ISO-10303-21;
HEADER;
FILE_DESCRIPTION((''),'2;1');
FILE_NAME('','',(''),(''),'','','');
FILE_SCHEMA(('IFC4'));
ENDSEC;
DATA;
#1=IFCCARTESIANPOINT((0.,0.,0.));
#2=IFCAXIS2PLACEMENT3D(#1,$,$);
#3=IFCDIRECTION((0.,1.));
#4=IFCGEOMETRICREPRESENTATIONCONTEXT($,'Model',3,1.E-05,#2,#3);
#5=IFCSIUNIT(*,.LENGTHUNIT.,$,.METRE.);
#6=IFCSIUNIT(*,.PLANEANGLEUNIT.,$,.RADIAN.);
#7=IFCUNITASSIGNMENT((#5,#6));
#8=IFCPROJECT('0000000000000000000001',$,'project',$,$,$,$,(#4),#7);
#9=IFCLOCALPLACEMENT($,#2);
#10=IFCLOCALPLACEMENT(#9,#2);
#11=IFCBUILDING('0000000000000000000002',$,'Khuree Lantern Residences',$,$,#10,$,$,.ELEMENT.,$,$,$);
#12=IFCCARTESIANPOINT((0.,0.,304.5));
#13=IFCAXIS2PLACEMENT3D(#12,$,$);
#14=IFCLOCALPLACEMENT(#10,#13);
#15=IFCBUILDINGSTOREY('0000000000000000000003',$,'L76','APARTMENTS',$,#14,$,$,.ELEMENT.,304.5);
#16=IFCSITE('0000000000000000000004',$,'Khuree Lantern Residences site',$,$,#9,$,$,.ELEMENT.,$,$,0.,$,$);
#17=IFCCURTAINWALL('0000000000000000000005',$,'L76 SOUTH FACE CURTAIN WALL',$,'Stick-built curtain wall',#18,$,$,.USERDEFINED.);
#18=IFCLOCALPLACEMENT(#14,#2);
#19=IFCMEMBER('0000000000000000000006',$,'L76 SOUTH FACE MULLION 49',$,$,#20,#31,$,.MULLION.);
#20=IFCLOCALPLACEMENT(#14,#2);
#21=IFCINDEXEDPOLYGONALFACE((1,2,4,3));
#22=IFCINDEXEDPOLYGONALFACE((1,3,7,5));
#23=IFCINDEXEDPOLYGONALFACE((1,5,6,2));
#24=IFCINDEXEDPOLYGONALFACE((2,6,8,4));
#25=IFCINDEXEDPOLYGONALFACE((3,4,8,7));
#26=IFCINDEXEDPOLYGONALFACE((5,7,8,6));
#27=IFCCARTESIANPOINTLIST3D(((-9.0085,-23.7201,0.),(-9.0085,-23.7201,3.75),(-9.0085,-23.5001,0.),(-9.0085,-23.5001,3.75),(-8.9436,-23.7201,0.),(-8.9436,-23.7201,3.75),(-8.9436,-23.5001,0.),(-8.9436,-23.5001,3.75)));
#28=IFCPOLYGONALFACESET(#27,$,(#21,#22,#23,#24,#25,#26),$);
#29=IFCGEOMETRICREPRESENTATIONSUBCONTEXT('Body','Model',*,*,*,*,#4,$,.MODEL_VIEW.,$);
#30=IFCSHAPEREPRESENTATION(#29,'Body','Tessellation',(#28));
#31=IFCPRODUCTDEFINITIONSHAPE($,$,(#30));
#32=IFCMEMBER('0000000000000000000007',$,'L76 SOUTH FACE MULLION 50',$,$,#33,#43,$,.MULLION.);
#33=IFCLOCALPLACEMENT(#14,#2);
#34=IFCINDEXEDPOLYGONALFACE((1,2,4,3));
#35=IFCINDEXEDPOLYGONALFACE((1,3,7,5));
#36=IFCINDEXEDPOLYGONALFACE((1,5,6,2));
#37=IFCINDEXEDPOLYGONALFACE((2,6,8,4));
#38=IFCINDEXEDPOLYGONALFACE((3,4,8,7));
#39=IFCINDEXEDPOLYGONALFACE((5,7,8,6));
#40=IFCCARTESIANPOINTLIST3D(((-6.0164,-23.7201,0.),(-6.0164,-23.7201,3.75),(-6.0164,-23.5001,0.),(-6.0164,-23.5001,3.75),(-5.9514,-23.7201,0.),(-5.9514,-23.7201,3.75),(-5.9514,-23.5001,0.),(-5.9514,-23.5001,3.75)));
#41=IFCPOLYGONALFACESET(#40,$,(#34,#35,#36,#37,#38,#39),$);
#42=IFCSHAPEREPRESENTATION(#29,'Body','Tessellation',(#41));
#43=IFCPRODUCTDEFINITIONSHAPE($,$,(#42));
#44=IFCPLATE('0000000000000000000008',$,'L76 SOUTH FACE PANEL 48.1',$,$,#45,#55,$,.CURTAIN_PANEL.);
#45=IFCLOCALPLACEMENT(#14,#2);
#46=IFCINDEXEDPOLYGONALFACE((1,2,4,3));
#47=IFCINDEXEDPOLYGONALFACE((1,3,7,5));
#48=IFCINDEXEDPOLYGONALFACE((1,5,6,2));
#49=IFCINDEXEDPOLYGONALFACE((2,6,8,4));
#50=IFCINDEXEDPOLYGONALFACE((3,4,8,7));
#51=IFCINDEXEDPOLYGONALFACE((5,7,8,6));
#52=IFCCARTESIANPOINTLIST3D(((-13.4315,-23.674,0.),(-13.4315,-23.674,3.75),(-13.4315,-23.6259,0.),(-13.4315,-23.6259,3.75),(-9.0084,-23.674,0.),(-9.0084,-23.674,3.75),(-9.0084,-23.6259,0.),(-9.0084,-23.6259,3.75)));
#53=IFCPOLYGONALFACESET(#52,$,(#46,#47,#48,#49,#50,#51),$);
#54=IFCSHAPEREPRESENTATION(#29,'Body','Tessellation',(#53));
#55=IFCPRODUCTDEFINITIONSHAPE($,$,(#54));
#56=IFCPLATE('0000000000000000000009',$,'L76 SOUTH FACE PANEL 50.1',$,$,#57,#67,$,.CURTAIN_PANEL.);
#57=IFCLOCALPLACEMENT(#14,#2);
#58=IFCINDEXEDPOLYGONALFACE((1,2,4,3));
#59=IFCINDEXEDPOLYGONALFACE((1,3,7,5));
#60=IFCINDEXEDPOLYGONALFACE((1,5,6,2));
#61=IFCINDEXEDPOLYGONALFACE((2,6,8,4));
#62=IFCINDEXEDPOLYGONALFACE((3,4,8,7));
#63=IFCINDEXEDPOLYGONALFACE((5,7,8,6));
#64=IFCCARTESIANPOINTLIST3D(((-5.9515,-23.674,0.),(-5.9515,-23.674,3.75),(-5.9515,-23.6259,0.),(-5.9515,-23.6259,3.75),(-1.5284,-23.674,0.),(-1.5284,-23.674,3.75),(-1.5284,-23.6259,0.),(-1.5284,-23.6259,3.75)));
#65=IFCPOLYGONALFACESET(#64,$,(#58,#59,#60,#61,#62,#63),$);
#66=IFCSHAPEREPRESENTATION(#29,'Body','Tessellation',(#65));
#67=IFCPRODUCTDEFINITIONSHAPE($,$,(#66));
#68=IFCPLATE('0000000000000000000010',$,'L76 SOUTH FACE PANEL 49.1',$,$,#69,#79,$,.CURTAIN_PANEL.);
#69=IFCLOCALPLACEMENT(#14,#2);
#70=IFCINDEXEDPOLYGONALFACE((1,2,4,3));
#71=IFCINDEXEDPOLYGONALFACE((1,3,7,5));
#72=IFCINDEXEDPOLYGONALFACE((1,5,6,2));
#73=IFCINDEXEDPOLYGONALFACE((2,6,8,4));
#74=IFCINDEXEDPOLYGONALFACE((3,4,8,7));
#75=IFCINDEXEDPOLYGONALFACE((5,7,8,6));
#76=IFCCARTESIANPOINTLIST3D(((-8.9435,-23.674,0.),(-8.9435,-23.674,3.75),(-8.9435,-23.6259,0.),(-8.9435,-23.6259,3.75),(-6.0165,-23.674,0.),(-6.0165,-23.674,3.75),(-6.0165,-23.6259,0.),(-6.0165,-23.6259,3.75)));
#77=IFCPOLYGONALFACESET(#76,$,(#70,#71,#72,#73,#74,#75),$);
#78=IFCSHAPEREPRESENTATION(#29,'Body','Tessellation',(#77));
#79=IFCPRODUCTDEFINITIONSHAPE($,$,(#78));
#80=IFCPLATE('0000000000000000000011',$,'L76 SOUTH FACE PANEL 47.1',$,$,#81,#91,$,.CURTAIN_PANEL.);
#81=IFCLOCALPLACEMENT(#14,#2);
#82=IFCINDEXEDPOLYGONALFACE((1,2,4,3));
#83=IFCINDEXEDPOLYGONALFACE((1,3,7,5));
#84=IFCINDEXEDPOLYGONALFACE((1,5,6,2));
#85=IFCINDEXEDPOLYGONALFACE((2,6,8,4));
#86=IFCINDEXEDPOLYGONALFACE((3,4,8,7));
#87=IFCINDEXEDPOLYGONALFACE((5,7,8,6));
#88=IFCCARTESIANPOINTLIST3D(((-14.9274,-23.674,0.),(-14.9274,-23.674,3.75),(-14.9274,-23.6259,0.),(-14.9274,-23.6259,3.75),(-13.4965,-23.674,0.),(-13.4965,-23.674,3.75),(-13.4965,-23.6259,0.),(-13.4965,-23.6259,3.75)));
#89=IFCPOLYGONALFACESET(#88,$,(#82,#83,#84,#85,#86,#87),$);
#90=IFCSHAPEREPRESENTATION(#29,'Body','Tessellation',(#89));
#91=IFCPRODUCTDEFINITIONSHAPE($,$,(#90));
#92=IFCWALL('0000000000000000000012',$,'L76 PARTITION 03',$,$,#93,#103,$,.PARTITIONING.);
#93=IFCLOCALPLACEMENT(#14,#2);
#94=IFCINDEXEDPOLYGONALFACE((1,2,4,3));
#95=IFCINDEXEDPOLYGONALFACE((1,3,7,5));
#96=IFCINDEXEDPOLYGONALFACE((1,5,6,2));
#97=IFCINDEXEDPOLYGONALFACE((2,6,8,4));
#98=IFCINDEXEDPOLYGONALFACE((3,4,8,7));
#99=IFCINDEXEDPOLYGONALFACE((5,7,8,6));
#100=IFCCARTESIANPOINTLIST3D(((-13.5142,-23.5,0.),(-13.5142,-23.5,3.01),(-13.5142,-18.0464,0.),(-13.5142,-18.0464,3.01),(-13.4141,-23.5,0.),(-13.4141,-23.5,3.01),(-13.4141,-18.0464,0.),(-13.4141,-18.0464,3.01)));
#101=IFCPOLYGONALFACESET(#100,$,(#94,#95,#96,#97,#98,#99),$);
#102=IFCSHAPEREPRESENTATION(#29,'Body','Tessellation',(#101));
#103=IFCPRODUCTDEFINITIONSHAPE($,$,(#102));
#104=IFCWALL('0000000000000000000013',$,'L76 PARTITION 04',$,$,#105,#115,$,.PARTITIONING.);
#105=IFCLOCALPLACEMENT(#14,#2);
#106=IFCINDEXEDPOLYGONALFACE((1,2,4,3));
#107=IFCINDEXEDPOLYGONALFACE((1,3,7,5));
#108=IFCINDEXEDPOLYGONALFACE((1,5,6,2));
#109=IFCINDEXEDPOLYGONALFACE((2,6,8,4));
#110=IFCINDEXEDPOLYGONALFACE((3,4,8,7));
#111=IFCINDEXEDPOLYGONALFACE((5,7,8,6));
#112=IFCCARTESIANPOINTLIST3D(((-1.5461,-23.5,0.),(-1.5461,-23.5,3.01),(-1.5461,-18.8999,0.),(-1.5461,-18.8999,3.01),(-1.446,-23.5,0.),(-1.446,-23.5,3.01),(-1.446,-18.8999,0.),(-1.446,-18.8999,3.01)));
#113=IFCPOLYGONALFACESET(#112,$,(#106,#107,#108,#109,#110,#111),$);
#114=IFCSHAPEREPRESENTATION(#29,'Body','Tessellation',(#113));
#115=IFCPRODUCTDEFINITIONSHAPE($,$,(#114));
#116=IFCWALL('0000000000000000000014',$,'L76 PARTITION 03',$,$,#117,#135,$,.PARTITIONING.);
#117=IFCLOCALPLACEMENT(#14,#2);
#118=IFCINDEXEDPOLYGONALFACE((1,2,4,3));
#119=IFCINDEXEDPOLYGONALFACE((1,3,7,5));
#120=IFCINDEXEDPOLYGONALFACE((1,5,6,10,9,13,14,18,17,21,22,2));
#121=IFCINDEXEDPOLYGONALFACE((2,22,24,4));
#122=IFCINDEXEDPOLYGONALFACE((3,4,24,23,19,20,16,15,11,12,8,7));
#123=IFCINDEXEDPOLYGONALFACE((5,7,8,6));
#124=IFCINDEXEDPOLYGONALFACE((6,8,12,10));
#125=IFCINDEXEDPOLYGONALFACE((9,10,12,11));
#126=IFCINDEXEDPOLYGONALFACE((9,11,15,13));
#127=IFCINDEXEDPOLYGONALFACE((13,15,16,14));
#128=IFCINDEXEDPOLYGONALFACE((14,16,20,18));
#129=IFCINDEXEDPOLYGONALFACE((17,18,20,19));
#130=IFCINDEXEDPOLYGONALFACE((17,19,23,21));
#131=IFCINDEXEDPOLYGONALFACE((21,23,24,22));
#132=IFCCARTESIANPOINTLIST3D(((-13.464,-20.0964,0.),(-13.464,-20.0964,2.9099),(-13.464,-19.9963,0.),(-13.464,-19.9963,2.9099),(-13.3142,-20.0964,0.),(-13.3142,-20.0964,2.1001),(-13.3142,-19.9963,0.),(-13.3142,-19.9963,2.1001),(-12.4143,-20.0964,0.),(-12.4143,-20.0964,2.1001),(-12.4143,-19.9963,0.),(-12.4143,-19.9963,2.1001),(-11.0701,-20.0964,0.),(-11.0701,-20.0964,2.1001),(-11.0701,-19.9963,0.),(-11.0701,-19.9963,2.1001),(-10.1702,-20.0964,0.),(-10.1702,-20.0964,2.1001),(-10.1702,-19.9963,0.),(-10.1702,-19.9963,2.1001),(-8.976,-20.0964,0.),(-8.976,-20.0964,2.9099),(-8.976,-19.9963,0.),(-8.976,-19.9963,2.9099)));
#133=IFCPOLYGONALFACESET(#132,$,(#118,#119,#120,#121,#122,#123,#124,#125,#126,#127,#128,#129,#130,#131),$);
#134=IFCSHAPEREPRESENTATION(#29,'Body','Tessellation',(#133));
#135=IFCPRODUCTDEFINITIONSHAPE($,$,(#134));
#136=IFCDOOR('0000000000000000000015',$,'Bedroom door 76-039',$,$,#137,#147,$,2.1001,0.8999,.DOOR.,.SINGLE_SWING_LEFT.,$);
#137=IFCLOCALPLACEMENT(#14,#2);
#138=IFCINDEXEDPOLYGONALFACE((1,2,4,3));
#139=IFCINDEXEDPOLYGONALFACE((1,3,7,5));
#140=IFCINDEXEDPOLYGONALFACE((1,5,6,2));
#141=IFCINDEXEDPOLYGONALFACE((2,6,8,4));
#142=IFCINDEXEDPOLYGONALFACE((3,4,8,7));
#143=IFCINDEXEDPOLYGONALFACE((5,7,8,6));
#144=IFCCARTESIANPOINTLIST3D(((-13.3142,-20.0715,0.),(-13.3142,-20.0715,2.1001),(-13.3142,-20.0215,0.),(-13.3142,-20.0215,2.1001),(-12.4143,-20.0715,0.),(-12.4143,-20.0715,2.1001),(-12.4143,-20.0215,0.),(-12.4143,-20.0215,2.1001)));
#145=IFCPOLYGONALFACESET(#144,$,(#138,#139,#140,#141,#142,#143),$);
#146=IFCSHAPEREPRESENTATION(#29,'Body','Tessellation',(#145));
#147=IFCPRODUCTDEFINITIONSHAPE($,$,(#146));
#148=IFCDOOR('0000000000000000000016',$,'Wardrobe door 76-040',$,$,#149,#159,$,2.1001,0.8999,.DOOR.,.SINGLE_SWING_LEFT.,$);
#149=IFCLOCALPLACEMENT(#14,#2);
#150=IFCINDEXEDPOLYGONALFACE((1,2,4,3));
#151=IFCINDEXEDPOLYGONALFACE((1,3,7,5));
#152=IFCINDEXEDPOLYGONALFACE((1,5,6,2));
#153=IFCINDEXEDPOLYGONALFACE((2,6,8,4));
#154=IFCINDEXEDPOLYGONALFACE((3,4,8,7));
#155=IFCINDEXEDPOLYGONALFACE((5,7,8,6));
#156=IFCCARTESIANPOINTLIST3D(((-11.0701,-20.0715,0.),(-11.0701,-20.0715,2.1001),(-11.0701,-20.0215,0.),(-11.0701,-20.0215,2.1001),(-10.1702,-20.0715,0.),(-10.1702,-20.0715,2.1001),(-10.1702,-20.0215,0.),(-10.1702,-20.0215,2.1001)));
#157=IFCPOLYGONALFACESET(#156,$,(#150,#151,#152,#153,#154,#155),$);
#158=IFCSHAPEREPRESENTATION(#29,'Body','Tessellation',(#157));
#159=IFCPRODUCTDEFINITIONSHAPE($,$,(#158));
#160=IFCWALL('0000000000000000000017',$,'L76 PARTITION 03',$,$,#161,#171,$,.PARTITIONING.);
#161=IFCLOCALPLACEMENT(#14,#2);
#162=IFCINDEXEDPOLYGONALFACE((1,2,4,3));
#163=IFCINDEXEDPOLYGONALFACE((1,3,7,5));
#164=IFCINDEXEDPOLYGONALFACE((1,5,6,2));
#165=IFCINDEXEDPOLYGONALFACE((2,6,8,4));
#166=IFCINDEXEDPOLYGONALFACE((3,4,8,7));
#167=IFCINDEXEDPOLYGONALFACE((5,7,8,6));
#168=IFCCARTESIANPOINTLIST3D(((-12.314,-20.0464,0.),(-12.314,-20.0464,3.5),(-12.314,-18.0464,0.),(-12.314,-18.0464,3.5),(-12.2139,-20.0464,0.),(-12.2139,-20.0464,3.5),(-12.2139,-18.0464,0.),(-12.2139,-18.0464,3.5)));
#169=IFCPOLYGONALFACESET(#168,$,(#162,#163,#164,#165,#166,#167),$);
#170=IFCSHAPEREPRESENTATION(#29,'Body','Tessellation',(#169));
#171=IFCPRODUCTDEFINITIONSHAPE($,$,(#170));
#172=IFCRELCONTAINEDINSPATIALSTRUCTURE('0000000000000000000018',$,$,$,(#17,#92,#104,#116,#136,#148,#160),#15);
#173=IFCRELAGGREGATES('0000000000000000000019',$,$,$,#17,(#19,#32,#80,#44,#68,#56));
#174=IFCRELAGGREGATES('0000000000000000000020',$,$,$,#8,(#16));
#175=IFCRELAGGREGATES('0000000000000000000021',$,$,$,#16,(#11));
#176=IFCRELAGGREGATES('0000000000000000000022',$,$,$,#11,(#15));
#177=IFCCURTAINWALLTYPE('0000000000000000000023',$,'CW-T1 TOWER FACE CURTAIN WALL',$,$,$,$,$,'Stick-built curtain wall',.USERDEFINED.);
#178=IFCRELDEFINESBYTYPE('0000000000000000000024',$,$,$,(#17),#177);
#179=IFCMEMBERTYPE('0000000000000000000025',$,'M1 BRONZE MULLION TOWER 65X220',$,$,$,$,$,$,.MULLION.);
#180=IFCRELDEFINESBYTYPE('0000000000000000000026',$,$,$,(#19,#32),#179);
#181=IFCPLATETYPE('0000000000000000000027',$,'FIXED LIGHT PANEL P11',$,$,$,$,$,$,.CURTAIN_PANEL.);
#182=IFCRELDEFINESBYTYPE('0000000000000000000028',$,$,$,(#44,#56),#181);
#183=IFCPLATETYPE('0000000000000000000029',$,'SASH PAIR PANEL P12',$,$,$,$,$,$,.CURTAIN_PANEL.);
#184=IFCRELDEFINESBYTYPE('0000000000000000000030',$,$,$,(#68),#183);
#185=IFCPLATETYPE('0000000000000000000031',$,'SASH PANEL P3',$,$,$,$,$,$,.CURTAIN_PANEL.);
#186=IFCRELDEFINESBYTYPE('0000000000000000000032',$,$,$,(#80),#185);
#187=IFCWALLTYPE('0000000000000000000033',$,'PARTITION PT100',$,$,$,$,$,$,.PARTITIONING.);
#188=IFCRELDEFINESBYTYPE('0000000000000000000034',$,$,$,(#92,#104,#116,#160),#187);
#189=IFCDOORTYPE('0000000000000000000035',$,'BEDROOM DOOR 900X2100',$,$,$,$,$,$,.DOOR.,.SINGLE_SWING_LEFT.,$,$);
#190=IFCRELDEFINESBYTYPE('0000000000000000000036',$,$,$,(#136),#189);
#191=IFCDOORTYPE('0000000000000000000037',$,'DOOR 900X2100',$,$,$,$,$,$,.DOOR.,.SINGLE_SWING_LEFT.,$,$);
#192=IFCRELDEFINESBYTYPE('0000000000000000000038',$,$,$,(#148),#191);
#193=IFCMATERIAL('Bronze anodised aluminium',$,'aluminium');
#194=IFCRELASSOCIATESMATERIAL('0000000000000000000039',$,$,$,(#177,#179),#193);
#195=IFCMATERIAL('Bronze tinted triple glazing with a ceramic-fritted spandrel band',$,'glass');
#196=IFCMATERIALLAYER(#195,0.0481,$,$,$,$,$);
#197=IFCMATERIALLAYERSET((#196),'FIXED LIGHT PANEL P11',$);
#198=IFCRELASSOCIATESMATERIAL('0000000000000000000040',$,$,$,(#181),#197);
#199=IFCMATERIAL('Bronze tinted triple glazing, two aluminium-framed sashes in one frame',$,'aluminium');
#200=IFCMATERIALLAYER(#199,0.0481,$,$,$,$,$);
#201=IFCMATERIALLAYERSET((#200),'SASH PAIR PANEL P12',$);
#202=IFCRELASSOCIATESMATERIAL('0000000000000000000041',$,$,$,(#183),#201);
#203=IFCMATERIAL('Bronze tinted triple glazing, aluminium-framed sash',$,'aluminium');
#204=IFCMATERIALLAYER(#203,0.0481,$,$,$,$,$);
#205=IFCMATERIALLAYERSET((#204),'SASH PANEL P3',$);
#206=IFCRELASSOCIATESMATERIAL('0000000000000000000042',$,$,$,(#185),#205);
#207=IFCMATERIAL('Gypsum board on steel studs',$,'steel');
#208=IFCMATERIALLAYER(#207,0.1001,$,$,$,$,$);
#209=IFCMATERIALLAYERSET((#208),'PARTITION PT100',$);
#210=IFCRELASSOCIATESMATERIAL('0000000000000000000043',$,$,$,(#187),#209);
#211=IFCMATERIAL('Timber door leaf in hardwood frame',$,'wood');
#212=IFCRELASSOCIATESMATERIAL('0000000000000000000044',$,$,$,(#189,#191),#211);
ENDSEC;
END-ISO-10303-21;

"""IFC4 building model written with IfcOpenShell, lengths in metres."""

from ifc_helpers import new_model, si_unit, direction, frame, frame_2d, origin, origin_2d, place, context, subcontext, project, spatial, rectangle, extrude, material, layer, layer_set, material_profile, profile_set, type_object, element, fill, aggregate, save


model = new_model("IFC4")

# Units and contexts
model_context = context("Model", 3, precision=1e-05, world=origin(), true_north=direction((0.0, 1.0)))
body_context = subcontext(model_context, "Body", "Model", "MODEL_VIEW")
ifc_project = project(units=[si_unit("LENGTHUNIT", "METRE"), si_unit("PLANEANGLEUNIT", "RADIAN")], contexts=[model_context])

# Site, building, storey
site_placement = place(None, origin())
site = spatial("IfcSite", under=ifc_project, at=site_placement, Name="Khuree Lantern Residences site", CompositionType="ELEMENT", RefElevation=0.0)
building_placement = place(site_placement, origin())
building = spatial("IfcBuilding", under=site, at=building_placement, Name="Khuree Lantern Residences", CompositionType="ELEMENT")
storey_placement = place(building_placement, frame((0.0, 0.0, 304.5)))
storey = spatial("IfcBuildingStorey", under=building, at=storey_placement, Name="L76", Description="APARTMENTS", CompositionType="ELEMENT", Elevation=304.5)

# Curtain wall
ifc_material_1 = material(Name="Bronze anodised aluminium", Category="aluminium")
curtain_wall_type = type_object("IfcCurtainWallType", Name="CW-T1 TOWER FACE CURTAIN WALL", ElementType="Stick-built curtain wall", PredefinedType="USERDEFINED", material=ifc_material_1)
curtain_wall_placement = place(storey_placement, origin())
curtain_wall = element("IfcCurtainWall", 1, at=curtain_wall_placement, inside=storey, type_object=curtain_wall_type, Name="L76 SOUTH FACE CURTAIN WALL", ObjectType="Stick-built curtain wall", PredefinedType="USERDEFINED")

# Members
ifc_material_profile_1 = material_profile(ifc_material_1, rectangle(XDim=0.0649, YDim=0.22, at=origin_2d()), Name="M1 65X220")
ifc_profile_set_1 = profile_set([ifc_material_profile_1], Name="Bronze anodised aluminium")
member_type_1 = type_object("IfcMemberType", Name="M1 BRONZE MULLION TOWER 65X220", PredefinedType="MULLION", material=ifc_profile_set_1)
member_1_placement = place(storey_placement, frame((-8.9761, -23.6101, 0.0), z_axis=(0.0, 0.0, 1.0), x_axis=(1.0, 0.0, 0.0)))
member_1 = element("IfcMember", 2, at=member_1_placement, type_object=member_type_1, Name="L76 SOUTH FACE MULLION 49", PredefinedType="MULLION", context=body_context, shape_type="SweptSolid", body=[
    extrude(rectangle(XDim=0.0649, YDim=0.22, at=origin_2d()), origin(), (0.0, 0.0, 1.0), 3.75),
])
member_2_placement = place(storey_placement, frame((-5.9839, -23.6101, 0.0), z_axis=(0.0, 0.0, 1.0), x_axis=(1.0, 0.0, 0.0)))
member_2 = element("IfcMember", 3, at=member_2_placement, type_object=member_type_1, Name="L76 SOUTH FACE MULLION 50", PredefinedType="MULLION", context=body_context, shape_type="SweptSolid", body=[
    extrude(rectangle(XDim=0.0649, YDim=0.22, at=origin_2d()), origin(), (0.0, 0.0, 1.0), 3.75),
])

# Plates
ifc_material_2 = material(Name="Bronze tinted triple glazing with a ceramic-fritted spandrel band", Category="glass")
ifc_layer_1 = layer(ifc_material_2, 0.0481)
ifc_layer_set_1 = layer_set([ifc_layer_1], Name="FIXED LIGHT PANEL P11")
plate_type_1 = type_object("IfcPlateType", Name="FIXED LIGHT PANEL P11", PredefinedType="CURTAIN_PANEL", material=ifc_layer_set_1)
plate_1_placement = place(storey_placement, frame((-11.22, -23.6499, 0.0), z_axis=(0.0, 0.0, 1.0), x_axis=(1.0, 0.0, 0.0)))
plate_1 = element("IfcPlate", 4, at=plate_1_placement, type_object=plate_type_1, Name="L76 SOUTH FACE PANEL 48.1", PredefinedType="CURTAIN_PANEL", context=body_context, shape_type="SweptSolid", body=[
    extrude(rectangle(XDim=4.4231, YDim=0.0481, at=origin_2d()), origin(), (0.0, 0.0, 1.0), 3.75),
])
plate_2_placement = place(storey_placement, frame((-3.74, -23.6499, 0.0), z_axis=(0.0, 0.0, 1.0), x_axis=(1.0, 0.0, 0.0)))
plate_2 = element("IfcPlate", 5, at=plate_2_placement, type_object=plate_type_1, Name="L76 SOUTH FACE PANEL 50.1", PredefinedType="CURTAIN_PANEL", context=body_context, shape_type="SweptSolid", body=[
    extrude(rectangle(XDim=4.4231, YDim=0.0481, at=origin_2d()), origin(), (0.0, 0.0, 1.0), 3.75),
])
ifc_material_3 = material(Name="Bronze tinted triple glazing, two aluminium-framed sashes in one frame", Category="aluminium")
ifc_layer_2 = layer(ifc_material_3, 0.0481)
ifc_layer_set_2 = layer_set([ifc_layer_2], Name="SASH PAIR PANEL P12")
plate_type_2 = type_object("IfcPlateType", Name="SASH PAIR PANEL P12", PredefinedType="CURTAIN_PANEL", material=ifc_layer_set_2)
plate_3_placement = place(storey_placement, frame((-7.48, -23.6499, 0.0), z_axis=(0.0, 0.0, 1.0), x_axis=(1.0, 0.0, 0.0)))
plate_3 = element("IfcPlate", 6, at=plate_3_placement, type_object=plate_type_2, Name="L76 SOUTH FACE PANEL 49.1", PredefinedType="CURTAIN_PANEL", context=body_context, shape_type="SweptSolid", body=[
    extrude(rectangle(XDim=2.927, YDim=0.0481, at=origin_2d()), origin(), (0.0, 0.0, 1.0), 3.75),
])
ifc_material_4 = material(Name="Bronze tinted triple glazing, aluminium-framed sash", Category="aluminium")
ifc_layer_3 = layer(ifc_material_4, 0.0481)
ifc_layer_set_3 = layer_set([ifc_layer_3], Name="SASH PANEL P3")
plate_type_3 = type_object("IfcPlateType", Name="SASH PANEL P3", PredefinedType="CURTAIN_PANEL", material=ifc_layer_set_3)
plate_4_placement = place(storey_placement, frame((-14.2119, -23.6499, 0.0), z_axis=(0.0, 0.0, 1.0), x_axis=(1.0, 0.0, 0.0)))
plate_4 = element("IfcPlate", 7, at=plate_4_placement, type_object=plate_type_3, Name="L76 SOUTH FACE PANEL 47.1", PredefinedType="CURTAIN_PANEL", context=body_context, shape_type="SweptSolid", body=[
    extrude(rectangle(XDim=1.4309, YDim=0.0481, at=origin_2d()), origin(), (0.0, 0.0, 1.0), 3.75),
])
aggregate(curtain_wall, [member_1, member_2, plate_4, plate_1, plate_3, plate_2])

# Walls
ifc_material_5 = material(Name="Gypsum board on steel studs", Category="steel")
ifc_layer_4 = layer(ifc_material_5, 0.1001)
ifc_layer_set_4 = layer_set([ifc_layer_4], Name="PARTITION PT100")
wall_type = type_object("IfcWallType", Name="PARTITION PT100", PredefinedType="PARTITIONING", material=ifc_layer_set_4)
wall_1_placement = place(storey_placement, frame((-13.4641, -18.0464, 0.0), z_axis=(0.0, 0.0, 1.0), x_axis=(0.0, -1.0, 0.0)))
element("IfcWall", 8, at=wall_1_placement, inside=storey, type_object=wall_type, Name="L76 PARTITION 03", PredefinedType="PARTITIONING", context=body_context, shape_type="SweptSolid", body=[
    extrude(rectangle(XDim=5.4536, YDim=0.1001, at=frame_2d((2.7268, 0.0))), origin(), (0.0, 0.0, 1.0), 3.01),
])
wall_2_placement = place(storey_placement, frame((-1.4961, -18.8999, 0.0), z_axis=(0.0, 0.0, 1.0), x_axis=(0.0, -1.0, 0.0)))
element("IfcWall", 9, at=wall_2_placement, inside=storey, type_object=wall_type, Name="L76 PARTITION 04", PredefinedType="PARTITIONING", context=body_context, shape_type="SweptSolid", body=[
    extrude(rectangle(XDim=4.6001, YDim=0.1001, at=frame_2d((2.3, 0.0))), origin(), (0.0, 0.0, 1.0), 3.01),
])

# Wall, openings, doors
wall_3_placement = place(storey_placement, frame((-13.4641, -20.0464, 0.0), z_axis=(0.0, 0.0, 1.0), x_axis=(1.0, 0.0, 0.0)))
wall_3 = element("IfcWall", 10, at=wall_3_placement, inside=storey, type_object=wall_type, Name="L76 PARTITION 03", PredefinedType="PARTITIONING", context=body_context, shape_type="SweptSolid", body=[
    extrude(rectangle(XDim=4.488, YDim=0.1001, at=frame_2d((2.2441, 0.0))), origin(), (0.0, 0.0, 1.0), 2.9099),
])
opening_1_placement = place(wall_3_placement, frame((0.1499, 0.0, 0.0)))
opening_1 = element("IfcOpeningElement", 11, at=opening_1_placement, cuts=wall_3, PredefinedType="OPENING", context=body_context, shape_type="SweptSolid", body=[
    extrude(rectangle(XDim=0.8999, YDim=2.1001, at=frame_2d((0.45, 1.05))), frame((0.0, 0.0601, 0.0), z_axis=(0.0, -1.0, 0.0), x_axis=(1.0, 0.0, 0.0)), (0.0, 0.0, 1.0), 0.1201),
])
opening_2_placement = place(wall_3_placement, frame((2.394, 0.0, 0.0)))
opening_2 = element("IfcOpeningElement", 12, at=opening_2_placement, cuts=wall_3, PredefinedType="OPENING", context=body_context, shape_type="SweptSolid", body=[
    extrude(rectangle(XDim=0.8999, YDim=2.1001, at=frame_2d((0.45, 1.05))), frame((0.0, 0.0601, 0.0), z_axis=(0.0, -1.0, 0.0), x_axis=(1.0, 0.0, 0.0)), (0.0, 0.0, 1.0), 0.1201),
])
ifc_material_6 = material(Name="Timber door leaf in hardwood frame", Category="wood")
door_type_1 = type_object("IfcDoorType", Name="BEDROOM DOOR 900X2100", OperationType="SINGLE_SWING_LEFT", PredefinedType="DOOR", material=ifc_material_6)
door_1_placement = place(opening_1_placement, origin())
door_1 = element("IfcDoor", 13, at=door_1_placement, inside=storey, type_object=door_type_1, Name="Bedroom door 76-039", OperationType="SINGLE_SWING_LEFT", OverallHeight=2.1001, OverallWidth=0.8999, PredefinedType="DOOR", context=body_context, shape_type="SweptSolid", body=[
    extrude(rectangle(XDim=0.8999, YDim=2.1001, at=frame_2d((0.45, 1.05))), frame((0.0, 0.0249, 0.0), z_axis=(0.0, -1.0, 0.0), x_axis=(1.0, 0.0, 0.0)), (0.0, 0.0, 1.0), 0.05),
])
fill(opening_1, door_1)
door_type_2 = type_object("IfcDoorType", Name="DOOR 900X2100", OperationType="SINGLE_SWING_LEFT", PredefinedType="DOOR", material=ifc_material_6)
door_2_placement = place(opening_2_placement, origin())
door_2 = element("IfcDoor", 14, at=door_2_placement, inside=storey, type_object=door_type_2, Name="Wardrobe door 76-040", OperationType="SINGLE_SWING_LEFT", OverallHeight=2.1001, OverallWidth=0.8999, PredefinedType="DOOR", context=body_context, shape_type="SweptSolid", body=[
    extrude(rectangle(XDim=0.8999, YDim=2.1001, at=frame_2d((0.45, 1.05))), frame((0.0, 0.0249, 0.0), z_axis=(0.0, -1.0, 0.0), x_axis=(1.0, 0.0, 0.0)), (0.0, 0.0, 1.0), 0.05),
])
fill(opening_2, door_2)

# Wall
wall_4_placement = place(storey_placement, frame((-12.2639, -18.0464, 0.0), z_axis=(0.0, 0.0, 1.0), x_axis=(0.0, -1.0, 0.0)))
element("IfcWall", 15, at=wall_4_placement, inside=storey, type_object=wall_type, Name="L76 PARTITION 03", PredefinedType="PARTITIONING", context=body_context, shape_type="SweptSolid", body=[
    extrude(rectangle(XDim=2.0, YDim=0.1001, at=frame_2d((1.0, 0.0))), origin(), (0.0, 0.0, 1.0), 3.5),
])

save(model, "model.ifc")
